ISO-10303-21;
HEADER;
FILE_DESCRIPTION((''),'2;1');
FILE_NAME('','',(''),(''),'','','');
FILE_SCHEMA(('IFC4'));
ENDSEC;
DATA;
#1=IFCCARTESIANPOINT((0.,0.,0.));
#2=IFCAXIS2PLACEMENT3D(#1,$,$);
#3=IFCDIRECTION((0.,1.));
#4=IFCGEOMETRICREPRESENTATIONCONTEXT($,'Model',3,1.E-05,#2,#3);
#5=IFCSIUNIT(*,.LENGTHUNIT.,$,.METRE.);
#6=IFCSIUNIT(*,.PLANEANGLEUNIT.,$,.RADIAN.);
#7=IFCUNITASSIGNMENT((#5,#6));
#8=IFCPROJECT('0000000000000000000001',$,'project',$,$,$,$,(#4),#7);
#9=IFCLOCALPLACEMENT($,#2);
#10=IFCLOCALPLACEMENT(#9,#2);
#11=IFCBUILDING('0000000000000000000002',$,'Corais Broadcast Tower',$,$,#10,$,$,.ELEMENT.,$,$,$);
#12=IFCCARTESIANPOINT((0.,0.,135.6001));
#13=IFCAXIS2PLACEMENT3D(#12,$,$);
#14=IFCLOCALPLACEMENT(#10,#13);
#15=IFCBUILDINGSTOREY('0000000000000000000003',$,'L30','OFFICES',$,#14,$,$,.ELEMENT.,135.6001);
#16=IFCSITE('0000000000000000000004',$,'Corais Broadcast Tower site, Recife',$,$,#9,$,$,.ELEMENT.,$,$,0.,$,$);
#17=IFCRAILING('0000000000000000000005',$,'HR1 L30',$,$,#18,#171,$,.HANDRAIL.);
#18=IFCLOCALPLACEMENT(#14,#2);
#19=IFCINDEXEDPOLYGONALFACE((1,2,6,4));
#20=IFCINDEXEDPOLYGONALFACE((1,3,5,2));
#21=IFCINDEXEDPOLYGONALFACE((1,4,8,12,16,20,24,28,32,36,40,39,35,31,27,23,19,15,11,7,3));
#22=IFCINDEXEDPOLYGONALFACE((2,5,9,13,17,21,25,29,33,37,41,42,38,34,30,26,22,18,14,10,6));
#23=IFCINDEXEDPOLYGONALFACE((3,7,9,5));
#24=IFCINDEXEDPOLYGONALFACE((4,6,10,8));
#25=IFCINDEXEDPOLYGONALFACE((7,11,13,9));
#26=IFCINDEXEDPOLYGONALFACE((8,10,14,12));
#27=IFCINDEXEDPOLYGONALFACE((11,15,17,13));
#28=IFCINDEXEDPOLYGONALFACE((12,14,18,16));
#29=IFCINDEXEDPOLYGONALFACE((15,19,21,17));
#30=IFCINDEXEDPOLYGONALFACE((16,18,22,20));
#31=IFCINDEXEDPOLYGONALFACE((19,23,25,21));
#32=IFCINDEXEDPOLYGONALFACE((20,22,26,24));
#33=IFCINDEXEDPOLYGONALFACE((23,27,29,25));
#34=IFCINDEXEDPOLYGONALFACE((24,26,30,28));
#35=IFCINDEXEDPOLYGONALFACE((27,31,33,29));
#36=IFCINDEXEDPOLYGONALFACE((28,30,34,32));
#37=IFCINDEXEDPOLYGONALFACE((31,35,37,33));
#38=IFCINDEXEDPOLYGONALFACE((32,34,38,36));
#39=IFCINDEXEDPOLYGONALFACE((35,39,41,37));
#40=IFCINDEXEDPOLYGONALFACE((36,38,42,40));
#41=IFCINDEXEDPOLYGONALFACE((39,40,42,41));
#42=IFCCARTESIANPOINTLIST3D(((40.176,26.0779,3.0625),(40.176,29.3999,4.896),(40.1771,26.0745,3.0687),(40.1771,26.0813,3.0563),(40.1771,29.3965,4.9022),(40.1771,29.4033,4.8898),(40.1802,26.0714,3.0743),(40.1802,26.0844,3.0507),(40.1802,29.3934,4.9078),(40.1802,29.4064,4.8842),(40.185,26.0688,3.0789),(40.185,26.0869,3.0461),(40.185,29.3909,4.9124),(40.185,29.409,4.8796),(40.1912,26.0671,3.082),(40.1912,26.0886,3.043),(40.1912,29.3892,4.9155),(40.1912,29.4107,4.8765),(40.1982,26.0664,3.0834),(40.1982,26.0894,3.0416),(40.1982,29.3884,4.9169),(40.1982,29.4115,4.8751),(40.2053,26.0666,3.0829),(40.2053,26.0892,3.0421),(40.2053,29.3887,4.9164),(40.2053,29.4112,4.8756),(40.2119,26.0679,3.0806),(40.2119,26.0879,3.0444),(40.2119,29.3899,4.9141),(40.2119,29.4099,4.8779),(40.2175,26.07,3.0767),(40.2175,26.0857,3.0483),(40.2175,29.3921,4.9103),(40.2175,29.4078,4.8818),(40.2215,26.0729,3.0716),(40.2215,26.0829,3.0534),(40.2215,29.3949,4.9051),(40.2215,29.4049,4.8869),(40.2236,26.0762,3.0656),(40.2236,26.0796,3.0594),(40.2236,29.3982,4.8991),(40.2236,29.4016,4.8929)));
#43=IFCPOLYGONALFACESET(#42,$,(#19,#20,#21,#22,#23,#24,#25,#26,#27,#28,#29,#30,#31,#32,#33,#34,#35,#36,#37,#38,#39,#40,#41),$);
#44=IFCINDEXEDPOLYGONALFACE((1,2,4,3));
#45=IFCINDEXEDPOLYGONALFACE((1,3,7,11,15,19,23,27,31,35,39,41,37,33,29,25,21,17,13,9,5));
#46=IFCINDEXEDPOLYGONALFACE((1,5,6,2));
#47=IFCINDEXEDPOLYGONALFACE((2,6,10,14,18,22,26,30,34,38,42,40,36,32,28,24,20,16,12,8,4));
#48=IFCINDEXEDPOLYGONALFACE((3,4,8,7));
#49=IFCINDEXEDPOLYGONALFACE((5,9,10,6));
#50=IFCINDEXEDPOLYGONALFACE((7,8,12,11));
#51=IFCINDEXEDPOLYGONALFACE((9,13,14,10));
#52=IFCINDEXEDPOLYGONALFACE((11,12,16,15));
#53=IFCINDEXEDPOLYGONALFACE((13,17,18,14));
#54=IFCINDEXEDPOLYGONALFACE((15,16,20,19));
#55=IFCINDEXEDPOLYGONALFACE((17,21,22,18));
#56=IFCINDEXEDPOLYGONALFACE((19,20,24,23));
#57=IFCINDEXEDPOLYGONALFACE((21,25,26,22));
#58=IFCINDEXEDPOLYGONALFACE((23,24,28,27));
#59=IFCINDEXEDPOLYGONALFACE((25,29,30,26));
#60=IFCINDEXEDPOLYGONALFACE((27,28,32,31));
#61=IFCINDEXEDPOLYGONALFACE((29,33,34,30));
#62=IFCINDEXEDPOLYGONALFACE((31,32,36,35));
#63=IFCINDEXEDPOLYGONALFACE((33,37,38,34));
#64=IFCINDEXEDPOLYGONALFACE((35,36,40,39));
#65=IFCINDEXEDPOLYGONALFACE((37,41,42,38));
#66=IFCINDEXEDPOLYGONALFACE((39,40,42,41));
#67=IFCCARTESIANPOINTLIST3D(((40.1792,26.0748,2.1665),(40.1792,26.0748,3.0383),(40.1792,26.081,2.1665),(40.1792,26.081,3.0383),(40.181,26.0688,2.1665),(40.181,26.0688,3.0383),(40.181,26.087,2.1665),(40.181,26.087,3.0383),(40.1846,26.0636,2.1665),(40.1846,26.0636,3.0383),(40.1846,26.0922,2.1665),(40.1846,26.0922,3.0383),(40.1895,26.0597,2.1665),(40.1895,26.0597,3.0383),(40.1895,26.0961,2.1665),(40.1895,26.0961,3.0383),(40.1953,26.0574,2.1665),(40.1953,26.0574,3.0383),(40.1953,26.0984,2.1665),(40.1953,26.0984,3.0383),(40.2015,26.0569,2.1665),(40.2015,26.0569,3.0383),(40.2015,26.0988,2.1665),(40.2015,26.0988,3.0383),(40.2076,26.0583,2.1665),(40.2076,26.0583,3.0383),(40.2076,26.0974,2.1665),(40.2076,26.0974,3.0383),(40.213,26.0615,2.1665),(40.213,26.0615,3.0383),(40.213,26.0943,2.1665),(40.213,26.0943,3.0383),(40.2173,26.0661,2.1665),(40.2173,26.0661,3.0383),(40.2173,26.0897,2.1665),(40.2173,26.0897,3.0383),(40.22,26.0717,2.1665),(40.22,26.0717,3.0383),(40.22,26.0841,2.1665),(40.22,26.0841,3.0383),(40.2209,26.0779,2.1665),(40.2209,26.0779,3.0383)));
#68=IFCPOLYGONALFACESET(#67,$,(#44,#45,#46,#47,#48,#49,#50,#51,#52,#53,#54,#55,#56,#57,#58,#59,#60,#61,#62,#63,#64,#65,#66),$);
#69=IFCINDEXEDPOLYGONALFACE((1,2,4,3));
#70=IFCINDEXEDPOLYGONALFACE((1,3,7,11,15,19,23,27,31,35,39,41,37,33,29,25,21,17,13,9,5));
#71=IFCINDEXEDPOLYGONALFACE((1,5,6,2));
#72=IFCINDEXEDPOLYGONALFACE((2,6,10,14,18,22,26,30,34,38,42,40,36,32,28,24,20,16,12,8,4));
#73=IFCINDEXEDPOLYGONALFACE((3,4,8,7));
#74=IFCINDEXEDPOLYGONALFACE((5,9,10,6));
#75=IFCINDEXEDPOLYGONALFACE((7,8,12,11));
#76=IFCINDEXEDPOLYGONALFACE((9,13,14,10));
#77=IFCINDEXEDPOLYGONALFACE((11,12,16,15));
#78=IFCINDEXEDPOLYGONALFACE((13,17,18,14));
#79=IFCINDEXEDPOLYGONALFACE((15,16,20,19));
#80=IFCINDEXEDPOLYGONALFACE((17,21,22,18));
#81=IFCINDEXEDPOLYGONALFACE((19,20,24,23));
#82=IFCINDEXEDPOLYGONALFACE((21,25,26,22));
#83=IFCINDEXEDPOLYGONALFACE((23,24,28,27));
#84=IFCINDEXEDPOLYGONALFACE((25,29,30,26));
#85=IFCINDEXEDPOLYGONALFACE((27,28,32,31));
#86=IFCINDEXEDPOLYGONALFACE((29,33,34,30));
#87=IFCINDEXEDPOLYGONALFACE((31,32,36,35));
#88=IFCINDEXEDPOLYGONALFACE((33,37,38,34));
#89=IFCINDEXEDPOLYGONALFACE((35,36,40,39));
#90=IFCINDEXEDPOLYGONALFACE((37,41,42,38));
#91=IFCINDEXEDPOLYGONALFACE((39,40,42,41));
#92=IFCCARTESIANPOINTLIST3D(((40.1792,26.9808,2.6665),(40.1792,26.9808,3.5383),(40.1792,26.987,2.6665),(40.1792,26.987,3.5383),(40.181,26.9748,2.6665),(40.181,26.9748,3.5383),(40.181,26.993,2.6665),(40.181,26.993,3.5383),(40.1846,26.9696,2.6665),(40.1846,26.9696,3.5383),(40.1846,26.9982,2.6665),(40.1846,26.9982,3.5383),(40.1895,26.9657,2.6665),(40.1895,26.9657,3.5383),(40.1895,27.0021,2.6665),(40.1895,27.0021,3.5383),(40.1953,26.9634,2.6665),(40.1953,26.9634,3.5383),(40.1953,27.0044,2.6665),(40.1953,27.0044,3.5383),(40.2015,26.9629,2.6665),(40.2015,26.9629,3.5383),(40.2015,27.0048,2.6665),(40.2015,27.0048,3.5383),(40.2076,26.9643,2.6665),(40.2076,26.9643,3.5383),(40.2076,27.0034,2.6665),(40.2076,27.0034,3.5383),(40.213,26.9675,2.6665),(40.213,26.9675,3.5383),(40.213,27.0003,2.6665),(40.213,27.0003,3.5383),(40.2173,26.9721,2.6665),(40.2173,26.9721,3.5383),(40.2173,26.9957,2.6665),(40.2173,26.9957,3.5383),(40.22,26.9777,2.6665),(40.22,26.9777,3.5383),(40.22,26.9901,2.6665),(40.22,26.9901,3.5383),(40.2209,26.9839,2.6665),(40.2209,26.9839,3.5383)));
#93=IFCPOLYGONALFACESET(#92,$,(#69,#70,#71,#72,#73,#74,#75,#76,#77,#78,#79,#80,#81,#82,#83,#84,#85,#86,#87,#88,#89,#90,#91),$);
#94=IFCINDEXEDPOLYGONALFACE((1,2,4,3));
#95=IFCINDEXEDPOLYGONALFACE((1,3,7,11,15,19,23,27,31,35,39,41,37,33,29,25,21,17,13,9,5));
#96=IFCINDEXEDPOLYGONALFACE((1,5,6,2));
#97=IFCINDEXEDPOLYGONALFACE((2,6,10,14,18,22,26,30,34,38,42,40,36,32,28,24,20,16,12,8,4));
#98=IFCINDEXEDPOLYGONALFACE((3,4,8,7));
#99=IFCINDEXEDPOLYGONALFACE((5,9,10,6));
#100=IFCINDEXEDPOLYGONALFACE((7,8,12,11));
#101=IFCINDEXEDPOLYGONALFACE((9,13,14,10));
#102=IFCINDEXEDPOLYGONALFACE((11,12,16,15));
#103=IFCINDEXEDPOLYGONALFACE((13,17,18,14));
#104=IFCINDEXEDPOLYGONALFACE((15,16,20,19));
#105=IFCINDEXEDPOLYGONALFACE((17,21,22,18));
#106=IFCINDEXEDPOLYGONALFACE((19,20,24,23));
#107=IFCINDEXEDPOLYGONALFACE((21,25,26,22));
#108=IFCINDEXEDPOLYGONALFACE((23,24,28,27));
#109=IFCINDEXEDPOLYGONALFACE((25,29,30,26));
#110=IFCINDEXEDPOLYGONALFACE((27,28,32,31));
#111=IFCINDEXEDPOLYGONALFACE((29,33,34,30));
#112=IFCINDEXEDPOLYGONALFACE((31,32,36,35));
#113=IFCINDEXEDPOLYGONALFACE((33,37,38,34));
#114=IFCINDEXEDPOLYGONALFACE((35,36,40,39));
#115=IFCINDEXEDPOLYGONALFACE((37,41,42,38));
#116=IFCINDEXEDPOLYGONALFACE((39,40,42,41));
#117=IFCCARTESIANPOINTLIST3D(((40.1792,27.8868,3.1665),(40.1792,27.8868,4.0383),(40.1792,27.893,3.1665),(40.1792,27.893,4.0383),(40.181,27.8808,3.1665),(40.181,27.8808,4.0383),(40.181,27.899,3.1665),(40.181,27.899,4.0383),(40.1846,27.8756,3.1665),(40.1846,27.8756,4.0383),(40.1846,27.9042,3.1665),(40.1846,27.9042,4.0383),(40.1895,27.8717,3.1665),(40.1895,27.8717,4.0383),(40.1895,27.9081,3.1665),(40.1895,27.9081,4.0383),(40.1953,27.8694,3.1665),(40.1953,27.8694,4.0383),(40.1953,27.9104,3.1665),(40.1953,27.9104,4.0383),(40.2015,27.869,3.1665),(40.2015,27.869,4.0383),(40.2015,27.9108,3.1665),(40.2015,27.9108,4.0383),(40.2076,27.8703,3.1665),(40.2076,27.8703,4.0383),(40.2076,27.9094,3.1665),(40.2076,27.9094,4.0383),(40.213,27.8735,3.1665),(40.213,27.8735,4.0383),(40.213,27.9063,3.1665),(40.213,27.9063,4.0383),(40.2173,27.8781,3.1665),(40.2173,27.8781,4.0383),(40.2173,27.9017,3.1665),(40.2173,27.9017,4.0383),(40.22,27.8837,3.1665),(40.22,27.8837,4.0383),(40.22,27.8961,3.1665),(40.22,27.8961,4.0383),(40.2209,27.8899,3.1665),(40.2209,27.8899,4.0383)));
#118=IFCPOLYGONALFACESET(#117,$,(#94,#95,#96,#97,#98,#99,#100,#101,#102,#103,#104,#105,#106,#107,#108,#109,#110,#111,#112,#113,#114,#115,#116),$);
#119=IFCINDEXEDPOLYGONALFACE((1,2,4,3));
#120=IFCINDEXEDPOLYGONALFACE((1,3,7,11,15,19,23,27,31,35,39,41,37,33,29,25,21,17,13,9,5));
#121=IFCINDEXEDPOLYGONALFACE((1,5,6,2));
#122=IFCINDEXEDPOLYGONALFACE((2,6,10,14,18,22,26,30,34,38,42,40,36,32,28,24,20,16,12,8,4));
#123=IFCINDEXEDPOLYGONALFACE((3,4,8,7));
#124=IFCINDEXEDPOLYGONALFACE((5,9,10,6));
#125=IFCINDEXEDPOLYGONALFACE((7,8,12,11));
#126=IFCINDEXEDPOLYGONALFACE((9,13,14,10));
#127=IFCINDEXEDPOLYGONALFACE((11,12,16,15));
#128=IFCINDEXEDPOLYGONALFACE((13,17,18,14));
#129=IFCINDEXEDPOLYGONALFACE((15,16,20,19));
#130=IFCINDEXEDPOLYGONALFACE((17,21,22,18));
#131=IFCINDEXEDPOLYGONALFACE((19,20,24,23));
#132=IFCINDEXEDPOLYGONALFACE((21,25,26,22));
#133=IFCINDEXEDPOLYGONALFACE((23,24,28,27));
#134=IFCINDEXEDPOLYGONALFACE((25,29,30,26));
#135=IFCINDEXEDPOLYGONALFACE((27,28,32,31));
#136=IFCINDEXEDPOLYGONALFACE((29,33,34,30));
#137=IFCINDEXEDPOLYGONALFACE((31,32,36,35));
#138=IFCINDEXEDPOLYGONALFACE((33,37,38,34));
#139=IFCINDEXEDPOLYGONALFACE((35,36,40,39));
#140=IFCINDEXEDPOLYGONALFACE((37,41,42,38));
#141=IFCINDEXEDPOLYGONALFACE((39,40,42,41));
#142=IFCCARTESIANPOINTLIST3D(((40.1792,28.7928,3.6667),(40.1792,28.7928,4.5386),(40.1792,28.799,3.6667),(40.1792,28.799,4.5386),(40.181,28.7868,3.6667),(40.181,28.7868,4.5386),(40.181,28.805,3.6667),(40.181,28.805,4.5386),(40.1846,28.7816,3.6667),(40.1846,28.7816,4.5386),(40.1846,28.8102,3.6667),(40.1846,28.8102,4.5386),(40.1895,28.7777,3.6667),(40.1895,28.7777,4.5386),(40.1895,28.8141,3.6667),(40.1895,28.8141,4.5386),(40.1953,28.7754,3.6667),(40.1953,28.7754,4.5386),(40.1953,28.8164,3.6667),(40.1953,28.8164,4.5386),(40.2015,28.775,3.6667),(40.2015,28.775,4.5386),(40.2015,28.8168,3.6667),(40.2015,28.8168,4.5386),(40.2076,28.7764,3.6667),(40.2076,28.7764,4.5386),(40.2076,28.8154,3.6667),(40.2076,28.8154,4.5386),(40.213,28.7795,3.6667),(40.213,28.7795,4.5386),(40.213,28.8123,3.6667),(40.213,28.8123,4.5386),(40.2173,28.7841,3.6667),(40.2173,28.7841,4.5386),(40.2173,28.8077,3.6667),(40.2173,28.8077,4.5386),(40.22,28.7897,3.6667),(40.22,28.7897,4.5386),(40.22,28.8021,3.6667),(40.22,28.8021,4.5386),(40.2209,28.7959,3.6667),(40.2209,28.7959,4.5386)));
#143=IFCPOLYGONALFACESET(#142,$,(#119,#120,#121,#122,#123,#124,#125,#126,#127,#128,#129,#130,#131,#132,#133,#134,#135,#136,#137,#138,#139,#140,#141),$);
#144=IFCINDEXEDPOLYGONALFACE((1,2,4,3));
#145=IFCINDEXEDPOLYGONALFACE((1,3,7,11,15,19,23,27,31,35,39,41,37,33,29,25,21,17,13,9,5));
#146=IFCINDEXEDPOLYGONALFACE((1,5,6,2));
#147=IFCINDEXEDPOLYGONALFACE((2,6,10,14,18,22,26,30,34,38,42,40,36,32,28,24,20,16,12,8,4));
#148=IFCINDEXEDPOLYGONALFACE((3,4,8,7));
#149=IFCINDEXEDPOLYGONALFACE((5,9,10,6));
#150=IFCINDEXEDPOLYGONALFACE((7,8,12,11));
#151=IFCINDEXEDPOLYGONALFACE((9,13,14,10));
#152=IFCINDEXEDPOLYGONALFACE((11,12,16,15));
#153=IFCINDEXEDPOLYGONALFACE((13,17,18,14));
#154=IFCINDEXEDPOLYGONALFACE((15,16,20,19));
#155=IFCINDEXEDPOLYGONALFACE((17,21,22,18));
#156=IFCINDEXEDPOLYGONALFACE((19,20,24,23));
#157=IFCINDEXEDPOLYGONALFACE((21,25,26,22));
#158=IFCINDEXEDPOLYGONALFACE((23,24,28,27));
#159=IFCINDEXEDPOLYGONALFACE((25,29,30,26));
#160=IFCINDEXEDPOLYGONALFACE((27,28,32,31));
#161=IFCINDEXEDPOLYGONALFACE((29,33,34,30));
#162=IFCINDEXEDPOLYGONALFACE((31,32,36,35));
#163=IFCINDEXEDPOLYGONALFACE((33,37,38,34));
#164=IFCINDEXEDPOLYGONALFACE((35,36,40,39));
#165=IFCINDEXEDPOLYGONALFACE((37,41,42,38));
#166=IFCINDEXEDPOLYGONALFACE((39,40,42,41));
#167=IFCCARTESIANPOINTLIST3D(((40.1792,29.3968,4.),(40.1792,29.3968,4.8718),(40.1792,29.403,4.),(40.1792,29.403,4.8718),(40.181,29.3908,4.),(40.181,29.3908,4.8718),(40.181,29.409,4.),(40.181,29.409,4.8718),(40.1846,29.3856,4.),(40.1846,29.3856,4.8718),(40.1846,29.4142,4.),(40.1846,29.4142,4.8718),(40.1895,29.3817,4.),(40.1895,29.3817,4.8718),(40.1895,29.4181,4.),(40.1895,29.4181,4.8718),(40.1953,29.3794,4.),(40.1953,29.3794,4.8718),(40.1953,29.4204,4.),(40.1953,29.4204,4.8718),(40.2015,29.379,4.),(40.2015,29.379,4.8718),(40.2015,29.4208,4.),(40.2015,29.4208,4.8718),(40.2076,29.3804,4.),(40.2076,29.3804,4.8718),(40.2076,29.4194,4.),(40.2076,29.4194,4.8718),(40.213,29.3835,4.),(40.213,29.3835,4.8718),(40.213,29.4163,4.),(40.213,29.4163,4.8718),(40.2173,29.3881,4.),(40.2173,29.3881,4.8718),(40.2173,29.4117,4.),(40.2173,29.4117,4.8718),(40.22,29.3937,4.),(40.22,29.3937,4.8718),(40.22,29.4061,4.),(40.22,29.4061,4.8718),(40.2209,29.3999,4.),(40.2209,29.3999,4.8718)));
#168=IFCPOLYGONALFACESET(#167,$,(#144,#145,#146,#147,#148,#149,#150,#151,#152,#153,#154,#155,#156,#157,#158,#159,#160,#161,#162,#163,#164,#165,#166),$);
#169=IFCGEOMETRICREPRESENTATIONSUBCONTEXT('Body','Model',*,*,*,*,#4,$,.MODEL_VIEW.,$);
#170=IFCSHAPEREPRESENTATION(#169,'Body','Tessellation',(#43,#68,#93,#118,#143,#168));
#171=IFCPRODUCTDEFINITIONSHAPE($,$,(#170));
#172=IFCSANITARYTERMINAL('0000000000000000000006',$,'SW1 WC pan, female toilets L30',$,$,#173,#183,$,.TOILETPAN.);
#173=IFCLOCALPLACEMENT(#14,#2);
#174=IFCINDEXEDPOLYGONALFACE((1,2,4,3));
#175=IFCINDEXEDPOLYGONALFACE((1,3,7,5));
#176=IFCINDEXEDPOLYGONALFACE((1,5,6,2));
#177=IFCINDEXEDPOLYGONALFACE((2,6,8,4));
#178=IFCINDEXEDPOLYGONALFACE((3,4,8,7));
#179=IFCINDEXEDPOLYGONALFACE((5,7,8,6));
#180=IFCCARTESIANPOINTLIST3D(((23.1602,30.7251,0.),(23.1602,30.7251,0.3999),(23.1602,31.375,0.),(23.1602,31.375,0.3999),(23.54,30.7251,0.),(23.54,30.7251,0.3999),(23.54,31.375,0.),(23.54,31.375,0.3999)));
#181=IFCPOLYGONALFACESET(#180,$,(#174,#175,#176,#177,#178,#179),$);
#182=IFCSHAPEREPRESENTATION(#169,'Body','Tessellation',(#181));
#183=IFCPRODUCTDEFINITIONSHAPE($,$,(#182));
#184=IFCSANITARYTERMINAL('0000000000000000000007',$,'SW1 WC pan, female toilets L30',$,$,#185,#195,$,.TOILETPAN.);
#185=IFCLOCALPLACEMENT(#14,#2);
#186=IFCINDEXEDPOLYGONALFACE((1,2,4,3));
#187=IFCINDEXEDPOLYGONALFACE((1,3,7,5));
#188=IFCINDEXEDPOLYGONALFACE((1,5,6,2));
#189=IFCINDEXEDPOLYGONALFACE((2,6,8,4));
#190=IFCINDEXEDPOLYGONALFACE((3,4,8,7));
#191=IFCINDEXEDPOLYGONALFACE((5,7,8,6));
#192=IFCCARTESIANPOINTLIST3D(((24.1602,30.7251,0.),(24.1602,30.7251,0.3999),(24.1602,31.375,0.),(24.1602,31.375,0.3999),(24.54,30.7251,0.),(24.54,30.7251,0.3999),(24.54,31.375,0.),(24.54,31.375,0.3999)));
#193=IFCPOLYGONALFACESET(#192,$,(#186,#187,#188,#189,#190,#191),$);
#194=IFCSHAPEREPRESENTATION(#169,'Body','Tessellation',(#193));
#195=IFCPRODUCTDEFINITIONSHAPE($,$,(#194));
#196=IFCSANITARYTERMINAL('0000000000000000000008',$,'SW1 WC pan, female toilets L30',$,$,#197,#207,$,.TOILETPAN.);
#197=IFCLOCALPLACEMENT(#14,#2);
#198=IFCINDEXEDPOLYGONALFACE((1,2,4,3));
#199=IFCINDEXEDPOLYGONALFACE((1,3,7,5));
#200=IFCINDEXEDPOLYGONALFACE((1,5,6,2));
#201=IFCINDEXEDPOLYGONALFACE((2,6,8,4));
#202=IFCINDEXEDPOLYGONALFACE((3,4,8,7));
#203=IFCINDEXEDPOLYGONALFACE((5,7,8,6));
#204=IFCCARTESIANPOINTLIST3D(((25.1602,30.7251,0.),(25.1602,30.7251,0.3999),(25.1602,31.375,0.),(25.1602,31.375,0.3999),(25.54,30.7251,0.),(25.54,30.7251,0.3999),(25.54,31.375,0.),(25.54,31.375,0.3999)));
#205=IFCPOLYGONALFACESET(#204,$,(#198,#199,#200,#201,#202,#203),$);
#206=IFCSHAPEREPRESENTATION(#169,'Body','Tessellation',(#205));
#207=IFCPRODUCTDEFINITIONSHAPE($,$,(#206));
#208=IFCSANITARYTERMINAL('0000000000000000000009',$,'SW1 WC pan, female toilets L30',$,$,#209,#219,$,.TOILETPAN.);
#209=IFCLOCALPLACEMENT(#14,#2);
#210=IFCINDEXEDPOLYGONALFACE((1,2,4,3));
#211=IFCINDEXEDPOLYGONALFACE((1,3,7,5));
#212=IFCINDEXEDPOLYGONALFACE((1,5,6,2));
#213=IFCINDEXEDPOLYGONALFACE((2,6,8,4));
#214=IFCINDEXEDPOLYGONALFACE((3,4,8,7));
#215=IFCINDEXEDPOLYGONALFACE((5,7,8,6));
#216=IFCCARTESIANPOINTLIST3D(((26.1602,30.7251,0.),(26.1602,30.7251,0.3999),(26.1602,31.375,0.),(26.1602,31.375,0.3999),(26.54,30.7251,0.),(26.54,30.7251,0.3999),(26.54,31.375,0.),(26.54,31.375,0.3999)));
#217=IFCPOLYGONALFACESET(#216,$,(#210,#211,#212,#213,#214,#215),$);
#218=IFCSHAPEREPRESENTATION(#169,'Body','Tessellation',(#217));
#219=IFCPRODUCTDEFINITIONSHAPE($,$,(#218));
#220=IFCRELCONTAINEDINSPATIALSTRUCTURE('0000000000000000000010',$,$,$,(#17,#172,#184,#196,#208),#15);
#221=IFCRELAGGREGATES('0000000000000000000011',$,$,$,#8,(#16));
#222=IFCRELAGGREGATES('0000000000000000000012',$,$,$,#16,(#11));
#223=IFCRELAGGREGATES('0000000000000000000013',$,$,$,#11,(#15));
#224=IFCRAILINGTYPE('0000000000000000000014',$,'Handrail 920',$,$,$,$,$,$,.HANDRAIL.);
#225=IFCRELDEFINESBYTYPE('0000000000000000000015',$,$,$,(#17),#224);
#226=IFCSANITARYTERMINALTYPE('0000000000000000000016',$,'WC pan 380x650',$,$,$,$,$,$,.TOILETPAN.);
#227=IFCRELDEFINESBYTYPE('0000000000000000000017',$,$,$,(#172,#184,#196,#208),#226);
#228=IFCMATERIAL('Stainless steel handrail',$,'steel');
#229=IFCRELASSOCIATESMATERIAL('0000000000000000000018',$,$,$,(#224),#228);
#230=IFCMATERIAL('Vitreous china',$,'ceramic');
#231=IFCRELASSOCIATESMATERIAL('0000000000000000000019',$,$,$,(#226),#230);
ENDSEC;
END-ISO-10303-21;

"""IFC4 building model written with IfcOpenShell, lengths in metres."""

from ifc_helpers import new_model, si_unit, direction, frame, origin, origin_2d, place, context, subcontext, project, spatial, rectangle, circle, extrude, material, type_object, element, save


model = new_model("IFC4")

# Units and contexts
model_context = context("Model", 3, precision=1e-05, world=origin(), true_north=direction((0.0, 1.0)))
body_context = subcontext(model_context, "Body", "Model", "MODEL_VIEW")
ifc_project = project(units=[si_unit("LENGTHUNIT", "METRE"), si_unit("PLANEANGLEUNIT", "RADIAN")], contexts=[model_context])

# Site, building, storey
site_placement = place(None, origin())
site = spatial("IfcSite", under=ifc_project, at=site_placement, Name="Corais Broadcast Tower site, Recife", CompositionType="ELEMENT", RefElevation=0.0)
building_placement = place(site_placement, origin())
building = spatial("IfcBuilding", under=site, at=building_placement, Name="Corais Broadcast Tower", CompositionType="ELEMENT")
storey_placement = place(building_placement, frame((0.0, 0.0, 135.6001)))
storey = spatial("IfcBuildingStorey", under=building, at=storey_placement, Name="L30", Description="OFFICES", CompositionType="ELEMENT", Elevation=135.6001)

# Railing
ifc_material_1 = material(Name="Stainless steel handrail", Category="steel")
railing_type = type_object("IfcRailingType", Name="Handrail 920", PredefinedType="HANDRAIL", material=ifc_material_1)
railing_placement = place(storey_placement, frame((40.2, 26.0779, 2.1665)))
element("IfcRailing", 1, at=railing_placement, inside=storey, type_object=railing_type, Name="HR1 L30", PredefinedType="HANDRAIL", context=body_context, shape_type="SweptSolid", body=[
    extrude(circle(Radius=0.0239, at=origin_2d()), frame((0.0, 0.0, 0.896), z_axis=(0.0, 0.875504, 0.48321), x_axis=(-1.0, 0.0, 0.0)), (0.0, 0.0, 1.0), 3.7944),
    extrude(circle(Radius=0.021, at=origin_2d()), origin(), (0.0, 0.0, 1.0), 0.8718),
    extrude(circle(Radius=0.021, at=origin_2d()), frame((0.0, 0.906, 0.5)), (0.0, 0.0, 1.0), 0.8718),
    extrude(circle(Radius=0.021, at=origin_2d()), frame((0.0, 1.812, 1.0)), (0.0, 0.0, 1.0), 0.8718),
    extrude(circle(Radius=0.021, at=origin_2d()), frame((0.0, 2.718, 1.5002)), (0.0, 0.0, 1.0), 0.8718),
    extrude(circle(Radius=0.021, at=origin_2d()), frame((0.0, 3.322, 1.8335)), (0.0, 0.0, 1.0), 0.8718),
])

# Sanitary terminals
ifc_material_2 = material(Name="Vitreous china", Category="ceramic")
sanitary_terminal_type_1 = type_object("IfcSanitaryTerminalType", Name="WC pan 380x650", PredefinedType="TOILETPAN", material=ifc_material_2)
for number, where, z_axis, x_axis, name in (
    (2, (23.3501, 31.05, 0.0), (0.0, 0.0, 1.0), (1.0, 0.0, 0.0), "SW1 WC pan, female toilets L30"),
    (3, (24.3501, 31.05, 0.0), (0.0, 0.0, 1.0), (1.0, 0.0, 0.0), "SW1 WC pan, female toilets L30"),
    (4, (25.3501, 31.05, 0.0), (0.0, 0.0, 1.0), (1.0, 0.0, 0.0), "SW1 WC pan, female toilets L30"),
    (5, (26.3501, 31.05, 0.0), (0.0, 0.0, 1.0), (1.0, 0.0, 0.0), "SW1 WC pan, female toilets L30"),
):
    element("IfcSanitaryTerminal", number, at=place(storey_placement, frame(where, z_axis=z_axis, x_axis=x_axis)), inside=storey, type_object=sanitary_terminal_type_1, Name=name, PredefinedType="TOILETPAN", context=body_context, shape_type="SweptSolid", body=[
        extrude(rectangle(XDim=0.3799, YDim=0.6499, at=origin_2d()), origin(), (0.0, 0.0, 1.0), 0.3999),
    ])

save(model, "model.ifc")
